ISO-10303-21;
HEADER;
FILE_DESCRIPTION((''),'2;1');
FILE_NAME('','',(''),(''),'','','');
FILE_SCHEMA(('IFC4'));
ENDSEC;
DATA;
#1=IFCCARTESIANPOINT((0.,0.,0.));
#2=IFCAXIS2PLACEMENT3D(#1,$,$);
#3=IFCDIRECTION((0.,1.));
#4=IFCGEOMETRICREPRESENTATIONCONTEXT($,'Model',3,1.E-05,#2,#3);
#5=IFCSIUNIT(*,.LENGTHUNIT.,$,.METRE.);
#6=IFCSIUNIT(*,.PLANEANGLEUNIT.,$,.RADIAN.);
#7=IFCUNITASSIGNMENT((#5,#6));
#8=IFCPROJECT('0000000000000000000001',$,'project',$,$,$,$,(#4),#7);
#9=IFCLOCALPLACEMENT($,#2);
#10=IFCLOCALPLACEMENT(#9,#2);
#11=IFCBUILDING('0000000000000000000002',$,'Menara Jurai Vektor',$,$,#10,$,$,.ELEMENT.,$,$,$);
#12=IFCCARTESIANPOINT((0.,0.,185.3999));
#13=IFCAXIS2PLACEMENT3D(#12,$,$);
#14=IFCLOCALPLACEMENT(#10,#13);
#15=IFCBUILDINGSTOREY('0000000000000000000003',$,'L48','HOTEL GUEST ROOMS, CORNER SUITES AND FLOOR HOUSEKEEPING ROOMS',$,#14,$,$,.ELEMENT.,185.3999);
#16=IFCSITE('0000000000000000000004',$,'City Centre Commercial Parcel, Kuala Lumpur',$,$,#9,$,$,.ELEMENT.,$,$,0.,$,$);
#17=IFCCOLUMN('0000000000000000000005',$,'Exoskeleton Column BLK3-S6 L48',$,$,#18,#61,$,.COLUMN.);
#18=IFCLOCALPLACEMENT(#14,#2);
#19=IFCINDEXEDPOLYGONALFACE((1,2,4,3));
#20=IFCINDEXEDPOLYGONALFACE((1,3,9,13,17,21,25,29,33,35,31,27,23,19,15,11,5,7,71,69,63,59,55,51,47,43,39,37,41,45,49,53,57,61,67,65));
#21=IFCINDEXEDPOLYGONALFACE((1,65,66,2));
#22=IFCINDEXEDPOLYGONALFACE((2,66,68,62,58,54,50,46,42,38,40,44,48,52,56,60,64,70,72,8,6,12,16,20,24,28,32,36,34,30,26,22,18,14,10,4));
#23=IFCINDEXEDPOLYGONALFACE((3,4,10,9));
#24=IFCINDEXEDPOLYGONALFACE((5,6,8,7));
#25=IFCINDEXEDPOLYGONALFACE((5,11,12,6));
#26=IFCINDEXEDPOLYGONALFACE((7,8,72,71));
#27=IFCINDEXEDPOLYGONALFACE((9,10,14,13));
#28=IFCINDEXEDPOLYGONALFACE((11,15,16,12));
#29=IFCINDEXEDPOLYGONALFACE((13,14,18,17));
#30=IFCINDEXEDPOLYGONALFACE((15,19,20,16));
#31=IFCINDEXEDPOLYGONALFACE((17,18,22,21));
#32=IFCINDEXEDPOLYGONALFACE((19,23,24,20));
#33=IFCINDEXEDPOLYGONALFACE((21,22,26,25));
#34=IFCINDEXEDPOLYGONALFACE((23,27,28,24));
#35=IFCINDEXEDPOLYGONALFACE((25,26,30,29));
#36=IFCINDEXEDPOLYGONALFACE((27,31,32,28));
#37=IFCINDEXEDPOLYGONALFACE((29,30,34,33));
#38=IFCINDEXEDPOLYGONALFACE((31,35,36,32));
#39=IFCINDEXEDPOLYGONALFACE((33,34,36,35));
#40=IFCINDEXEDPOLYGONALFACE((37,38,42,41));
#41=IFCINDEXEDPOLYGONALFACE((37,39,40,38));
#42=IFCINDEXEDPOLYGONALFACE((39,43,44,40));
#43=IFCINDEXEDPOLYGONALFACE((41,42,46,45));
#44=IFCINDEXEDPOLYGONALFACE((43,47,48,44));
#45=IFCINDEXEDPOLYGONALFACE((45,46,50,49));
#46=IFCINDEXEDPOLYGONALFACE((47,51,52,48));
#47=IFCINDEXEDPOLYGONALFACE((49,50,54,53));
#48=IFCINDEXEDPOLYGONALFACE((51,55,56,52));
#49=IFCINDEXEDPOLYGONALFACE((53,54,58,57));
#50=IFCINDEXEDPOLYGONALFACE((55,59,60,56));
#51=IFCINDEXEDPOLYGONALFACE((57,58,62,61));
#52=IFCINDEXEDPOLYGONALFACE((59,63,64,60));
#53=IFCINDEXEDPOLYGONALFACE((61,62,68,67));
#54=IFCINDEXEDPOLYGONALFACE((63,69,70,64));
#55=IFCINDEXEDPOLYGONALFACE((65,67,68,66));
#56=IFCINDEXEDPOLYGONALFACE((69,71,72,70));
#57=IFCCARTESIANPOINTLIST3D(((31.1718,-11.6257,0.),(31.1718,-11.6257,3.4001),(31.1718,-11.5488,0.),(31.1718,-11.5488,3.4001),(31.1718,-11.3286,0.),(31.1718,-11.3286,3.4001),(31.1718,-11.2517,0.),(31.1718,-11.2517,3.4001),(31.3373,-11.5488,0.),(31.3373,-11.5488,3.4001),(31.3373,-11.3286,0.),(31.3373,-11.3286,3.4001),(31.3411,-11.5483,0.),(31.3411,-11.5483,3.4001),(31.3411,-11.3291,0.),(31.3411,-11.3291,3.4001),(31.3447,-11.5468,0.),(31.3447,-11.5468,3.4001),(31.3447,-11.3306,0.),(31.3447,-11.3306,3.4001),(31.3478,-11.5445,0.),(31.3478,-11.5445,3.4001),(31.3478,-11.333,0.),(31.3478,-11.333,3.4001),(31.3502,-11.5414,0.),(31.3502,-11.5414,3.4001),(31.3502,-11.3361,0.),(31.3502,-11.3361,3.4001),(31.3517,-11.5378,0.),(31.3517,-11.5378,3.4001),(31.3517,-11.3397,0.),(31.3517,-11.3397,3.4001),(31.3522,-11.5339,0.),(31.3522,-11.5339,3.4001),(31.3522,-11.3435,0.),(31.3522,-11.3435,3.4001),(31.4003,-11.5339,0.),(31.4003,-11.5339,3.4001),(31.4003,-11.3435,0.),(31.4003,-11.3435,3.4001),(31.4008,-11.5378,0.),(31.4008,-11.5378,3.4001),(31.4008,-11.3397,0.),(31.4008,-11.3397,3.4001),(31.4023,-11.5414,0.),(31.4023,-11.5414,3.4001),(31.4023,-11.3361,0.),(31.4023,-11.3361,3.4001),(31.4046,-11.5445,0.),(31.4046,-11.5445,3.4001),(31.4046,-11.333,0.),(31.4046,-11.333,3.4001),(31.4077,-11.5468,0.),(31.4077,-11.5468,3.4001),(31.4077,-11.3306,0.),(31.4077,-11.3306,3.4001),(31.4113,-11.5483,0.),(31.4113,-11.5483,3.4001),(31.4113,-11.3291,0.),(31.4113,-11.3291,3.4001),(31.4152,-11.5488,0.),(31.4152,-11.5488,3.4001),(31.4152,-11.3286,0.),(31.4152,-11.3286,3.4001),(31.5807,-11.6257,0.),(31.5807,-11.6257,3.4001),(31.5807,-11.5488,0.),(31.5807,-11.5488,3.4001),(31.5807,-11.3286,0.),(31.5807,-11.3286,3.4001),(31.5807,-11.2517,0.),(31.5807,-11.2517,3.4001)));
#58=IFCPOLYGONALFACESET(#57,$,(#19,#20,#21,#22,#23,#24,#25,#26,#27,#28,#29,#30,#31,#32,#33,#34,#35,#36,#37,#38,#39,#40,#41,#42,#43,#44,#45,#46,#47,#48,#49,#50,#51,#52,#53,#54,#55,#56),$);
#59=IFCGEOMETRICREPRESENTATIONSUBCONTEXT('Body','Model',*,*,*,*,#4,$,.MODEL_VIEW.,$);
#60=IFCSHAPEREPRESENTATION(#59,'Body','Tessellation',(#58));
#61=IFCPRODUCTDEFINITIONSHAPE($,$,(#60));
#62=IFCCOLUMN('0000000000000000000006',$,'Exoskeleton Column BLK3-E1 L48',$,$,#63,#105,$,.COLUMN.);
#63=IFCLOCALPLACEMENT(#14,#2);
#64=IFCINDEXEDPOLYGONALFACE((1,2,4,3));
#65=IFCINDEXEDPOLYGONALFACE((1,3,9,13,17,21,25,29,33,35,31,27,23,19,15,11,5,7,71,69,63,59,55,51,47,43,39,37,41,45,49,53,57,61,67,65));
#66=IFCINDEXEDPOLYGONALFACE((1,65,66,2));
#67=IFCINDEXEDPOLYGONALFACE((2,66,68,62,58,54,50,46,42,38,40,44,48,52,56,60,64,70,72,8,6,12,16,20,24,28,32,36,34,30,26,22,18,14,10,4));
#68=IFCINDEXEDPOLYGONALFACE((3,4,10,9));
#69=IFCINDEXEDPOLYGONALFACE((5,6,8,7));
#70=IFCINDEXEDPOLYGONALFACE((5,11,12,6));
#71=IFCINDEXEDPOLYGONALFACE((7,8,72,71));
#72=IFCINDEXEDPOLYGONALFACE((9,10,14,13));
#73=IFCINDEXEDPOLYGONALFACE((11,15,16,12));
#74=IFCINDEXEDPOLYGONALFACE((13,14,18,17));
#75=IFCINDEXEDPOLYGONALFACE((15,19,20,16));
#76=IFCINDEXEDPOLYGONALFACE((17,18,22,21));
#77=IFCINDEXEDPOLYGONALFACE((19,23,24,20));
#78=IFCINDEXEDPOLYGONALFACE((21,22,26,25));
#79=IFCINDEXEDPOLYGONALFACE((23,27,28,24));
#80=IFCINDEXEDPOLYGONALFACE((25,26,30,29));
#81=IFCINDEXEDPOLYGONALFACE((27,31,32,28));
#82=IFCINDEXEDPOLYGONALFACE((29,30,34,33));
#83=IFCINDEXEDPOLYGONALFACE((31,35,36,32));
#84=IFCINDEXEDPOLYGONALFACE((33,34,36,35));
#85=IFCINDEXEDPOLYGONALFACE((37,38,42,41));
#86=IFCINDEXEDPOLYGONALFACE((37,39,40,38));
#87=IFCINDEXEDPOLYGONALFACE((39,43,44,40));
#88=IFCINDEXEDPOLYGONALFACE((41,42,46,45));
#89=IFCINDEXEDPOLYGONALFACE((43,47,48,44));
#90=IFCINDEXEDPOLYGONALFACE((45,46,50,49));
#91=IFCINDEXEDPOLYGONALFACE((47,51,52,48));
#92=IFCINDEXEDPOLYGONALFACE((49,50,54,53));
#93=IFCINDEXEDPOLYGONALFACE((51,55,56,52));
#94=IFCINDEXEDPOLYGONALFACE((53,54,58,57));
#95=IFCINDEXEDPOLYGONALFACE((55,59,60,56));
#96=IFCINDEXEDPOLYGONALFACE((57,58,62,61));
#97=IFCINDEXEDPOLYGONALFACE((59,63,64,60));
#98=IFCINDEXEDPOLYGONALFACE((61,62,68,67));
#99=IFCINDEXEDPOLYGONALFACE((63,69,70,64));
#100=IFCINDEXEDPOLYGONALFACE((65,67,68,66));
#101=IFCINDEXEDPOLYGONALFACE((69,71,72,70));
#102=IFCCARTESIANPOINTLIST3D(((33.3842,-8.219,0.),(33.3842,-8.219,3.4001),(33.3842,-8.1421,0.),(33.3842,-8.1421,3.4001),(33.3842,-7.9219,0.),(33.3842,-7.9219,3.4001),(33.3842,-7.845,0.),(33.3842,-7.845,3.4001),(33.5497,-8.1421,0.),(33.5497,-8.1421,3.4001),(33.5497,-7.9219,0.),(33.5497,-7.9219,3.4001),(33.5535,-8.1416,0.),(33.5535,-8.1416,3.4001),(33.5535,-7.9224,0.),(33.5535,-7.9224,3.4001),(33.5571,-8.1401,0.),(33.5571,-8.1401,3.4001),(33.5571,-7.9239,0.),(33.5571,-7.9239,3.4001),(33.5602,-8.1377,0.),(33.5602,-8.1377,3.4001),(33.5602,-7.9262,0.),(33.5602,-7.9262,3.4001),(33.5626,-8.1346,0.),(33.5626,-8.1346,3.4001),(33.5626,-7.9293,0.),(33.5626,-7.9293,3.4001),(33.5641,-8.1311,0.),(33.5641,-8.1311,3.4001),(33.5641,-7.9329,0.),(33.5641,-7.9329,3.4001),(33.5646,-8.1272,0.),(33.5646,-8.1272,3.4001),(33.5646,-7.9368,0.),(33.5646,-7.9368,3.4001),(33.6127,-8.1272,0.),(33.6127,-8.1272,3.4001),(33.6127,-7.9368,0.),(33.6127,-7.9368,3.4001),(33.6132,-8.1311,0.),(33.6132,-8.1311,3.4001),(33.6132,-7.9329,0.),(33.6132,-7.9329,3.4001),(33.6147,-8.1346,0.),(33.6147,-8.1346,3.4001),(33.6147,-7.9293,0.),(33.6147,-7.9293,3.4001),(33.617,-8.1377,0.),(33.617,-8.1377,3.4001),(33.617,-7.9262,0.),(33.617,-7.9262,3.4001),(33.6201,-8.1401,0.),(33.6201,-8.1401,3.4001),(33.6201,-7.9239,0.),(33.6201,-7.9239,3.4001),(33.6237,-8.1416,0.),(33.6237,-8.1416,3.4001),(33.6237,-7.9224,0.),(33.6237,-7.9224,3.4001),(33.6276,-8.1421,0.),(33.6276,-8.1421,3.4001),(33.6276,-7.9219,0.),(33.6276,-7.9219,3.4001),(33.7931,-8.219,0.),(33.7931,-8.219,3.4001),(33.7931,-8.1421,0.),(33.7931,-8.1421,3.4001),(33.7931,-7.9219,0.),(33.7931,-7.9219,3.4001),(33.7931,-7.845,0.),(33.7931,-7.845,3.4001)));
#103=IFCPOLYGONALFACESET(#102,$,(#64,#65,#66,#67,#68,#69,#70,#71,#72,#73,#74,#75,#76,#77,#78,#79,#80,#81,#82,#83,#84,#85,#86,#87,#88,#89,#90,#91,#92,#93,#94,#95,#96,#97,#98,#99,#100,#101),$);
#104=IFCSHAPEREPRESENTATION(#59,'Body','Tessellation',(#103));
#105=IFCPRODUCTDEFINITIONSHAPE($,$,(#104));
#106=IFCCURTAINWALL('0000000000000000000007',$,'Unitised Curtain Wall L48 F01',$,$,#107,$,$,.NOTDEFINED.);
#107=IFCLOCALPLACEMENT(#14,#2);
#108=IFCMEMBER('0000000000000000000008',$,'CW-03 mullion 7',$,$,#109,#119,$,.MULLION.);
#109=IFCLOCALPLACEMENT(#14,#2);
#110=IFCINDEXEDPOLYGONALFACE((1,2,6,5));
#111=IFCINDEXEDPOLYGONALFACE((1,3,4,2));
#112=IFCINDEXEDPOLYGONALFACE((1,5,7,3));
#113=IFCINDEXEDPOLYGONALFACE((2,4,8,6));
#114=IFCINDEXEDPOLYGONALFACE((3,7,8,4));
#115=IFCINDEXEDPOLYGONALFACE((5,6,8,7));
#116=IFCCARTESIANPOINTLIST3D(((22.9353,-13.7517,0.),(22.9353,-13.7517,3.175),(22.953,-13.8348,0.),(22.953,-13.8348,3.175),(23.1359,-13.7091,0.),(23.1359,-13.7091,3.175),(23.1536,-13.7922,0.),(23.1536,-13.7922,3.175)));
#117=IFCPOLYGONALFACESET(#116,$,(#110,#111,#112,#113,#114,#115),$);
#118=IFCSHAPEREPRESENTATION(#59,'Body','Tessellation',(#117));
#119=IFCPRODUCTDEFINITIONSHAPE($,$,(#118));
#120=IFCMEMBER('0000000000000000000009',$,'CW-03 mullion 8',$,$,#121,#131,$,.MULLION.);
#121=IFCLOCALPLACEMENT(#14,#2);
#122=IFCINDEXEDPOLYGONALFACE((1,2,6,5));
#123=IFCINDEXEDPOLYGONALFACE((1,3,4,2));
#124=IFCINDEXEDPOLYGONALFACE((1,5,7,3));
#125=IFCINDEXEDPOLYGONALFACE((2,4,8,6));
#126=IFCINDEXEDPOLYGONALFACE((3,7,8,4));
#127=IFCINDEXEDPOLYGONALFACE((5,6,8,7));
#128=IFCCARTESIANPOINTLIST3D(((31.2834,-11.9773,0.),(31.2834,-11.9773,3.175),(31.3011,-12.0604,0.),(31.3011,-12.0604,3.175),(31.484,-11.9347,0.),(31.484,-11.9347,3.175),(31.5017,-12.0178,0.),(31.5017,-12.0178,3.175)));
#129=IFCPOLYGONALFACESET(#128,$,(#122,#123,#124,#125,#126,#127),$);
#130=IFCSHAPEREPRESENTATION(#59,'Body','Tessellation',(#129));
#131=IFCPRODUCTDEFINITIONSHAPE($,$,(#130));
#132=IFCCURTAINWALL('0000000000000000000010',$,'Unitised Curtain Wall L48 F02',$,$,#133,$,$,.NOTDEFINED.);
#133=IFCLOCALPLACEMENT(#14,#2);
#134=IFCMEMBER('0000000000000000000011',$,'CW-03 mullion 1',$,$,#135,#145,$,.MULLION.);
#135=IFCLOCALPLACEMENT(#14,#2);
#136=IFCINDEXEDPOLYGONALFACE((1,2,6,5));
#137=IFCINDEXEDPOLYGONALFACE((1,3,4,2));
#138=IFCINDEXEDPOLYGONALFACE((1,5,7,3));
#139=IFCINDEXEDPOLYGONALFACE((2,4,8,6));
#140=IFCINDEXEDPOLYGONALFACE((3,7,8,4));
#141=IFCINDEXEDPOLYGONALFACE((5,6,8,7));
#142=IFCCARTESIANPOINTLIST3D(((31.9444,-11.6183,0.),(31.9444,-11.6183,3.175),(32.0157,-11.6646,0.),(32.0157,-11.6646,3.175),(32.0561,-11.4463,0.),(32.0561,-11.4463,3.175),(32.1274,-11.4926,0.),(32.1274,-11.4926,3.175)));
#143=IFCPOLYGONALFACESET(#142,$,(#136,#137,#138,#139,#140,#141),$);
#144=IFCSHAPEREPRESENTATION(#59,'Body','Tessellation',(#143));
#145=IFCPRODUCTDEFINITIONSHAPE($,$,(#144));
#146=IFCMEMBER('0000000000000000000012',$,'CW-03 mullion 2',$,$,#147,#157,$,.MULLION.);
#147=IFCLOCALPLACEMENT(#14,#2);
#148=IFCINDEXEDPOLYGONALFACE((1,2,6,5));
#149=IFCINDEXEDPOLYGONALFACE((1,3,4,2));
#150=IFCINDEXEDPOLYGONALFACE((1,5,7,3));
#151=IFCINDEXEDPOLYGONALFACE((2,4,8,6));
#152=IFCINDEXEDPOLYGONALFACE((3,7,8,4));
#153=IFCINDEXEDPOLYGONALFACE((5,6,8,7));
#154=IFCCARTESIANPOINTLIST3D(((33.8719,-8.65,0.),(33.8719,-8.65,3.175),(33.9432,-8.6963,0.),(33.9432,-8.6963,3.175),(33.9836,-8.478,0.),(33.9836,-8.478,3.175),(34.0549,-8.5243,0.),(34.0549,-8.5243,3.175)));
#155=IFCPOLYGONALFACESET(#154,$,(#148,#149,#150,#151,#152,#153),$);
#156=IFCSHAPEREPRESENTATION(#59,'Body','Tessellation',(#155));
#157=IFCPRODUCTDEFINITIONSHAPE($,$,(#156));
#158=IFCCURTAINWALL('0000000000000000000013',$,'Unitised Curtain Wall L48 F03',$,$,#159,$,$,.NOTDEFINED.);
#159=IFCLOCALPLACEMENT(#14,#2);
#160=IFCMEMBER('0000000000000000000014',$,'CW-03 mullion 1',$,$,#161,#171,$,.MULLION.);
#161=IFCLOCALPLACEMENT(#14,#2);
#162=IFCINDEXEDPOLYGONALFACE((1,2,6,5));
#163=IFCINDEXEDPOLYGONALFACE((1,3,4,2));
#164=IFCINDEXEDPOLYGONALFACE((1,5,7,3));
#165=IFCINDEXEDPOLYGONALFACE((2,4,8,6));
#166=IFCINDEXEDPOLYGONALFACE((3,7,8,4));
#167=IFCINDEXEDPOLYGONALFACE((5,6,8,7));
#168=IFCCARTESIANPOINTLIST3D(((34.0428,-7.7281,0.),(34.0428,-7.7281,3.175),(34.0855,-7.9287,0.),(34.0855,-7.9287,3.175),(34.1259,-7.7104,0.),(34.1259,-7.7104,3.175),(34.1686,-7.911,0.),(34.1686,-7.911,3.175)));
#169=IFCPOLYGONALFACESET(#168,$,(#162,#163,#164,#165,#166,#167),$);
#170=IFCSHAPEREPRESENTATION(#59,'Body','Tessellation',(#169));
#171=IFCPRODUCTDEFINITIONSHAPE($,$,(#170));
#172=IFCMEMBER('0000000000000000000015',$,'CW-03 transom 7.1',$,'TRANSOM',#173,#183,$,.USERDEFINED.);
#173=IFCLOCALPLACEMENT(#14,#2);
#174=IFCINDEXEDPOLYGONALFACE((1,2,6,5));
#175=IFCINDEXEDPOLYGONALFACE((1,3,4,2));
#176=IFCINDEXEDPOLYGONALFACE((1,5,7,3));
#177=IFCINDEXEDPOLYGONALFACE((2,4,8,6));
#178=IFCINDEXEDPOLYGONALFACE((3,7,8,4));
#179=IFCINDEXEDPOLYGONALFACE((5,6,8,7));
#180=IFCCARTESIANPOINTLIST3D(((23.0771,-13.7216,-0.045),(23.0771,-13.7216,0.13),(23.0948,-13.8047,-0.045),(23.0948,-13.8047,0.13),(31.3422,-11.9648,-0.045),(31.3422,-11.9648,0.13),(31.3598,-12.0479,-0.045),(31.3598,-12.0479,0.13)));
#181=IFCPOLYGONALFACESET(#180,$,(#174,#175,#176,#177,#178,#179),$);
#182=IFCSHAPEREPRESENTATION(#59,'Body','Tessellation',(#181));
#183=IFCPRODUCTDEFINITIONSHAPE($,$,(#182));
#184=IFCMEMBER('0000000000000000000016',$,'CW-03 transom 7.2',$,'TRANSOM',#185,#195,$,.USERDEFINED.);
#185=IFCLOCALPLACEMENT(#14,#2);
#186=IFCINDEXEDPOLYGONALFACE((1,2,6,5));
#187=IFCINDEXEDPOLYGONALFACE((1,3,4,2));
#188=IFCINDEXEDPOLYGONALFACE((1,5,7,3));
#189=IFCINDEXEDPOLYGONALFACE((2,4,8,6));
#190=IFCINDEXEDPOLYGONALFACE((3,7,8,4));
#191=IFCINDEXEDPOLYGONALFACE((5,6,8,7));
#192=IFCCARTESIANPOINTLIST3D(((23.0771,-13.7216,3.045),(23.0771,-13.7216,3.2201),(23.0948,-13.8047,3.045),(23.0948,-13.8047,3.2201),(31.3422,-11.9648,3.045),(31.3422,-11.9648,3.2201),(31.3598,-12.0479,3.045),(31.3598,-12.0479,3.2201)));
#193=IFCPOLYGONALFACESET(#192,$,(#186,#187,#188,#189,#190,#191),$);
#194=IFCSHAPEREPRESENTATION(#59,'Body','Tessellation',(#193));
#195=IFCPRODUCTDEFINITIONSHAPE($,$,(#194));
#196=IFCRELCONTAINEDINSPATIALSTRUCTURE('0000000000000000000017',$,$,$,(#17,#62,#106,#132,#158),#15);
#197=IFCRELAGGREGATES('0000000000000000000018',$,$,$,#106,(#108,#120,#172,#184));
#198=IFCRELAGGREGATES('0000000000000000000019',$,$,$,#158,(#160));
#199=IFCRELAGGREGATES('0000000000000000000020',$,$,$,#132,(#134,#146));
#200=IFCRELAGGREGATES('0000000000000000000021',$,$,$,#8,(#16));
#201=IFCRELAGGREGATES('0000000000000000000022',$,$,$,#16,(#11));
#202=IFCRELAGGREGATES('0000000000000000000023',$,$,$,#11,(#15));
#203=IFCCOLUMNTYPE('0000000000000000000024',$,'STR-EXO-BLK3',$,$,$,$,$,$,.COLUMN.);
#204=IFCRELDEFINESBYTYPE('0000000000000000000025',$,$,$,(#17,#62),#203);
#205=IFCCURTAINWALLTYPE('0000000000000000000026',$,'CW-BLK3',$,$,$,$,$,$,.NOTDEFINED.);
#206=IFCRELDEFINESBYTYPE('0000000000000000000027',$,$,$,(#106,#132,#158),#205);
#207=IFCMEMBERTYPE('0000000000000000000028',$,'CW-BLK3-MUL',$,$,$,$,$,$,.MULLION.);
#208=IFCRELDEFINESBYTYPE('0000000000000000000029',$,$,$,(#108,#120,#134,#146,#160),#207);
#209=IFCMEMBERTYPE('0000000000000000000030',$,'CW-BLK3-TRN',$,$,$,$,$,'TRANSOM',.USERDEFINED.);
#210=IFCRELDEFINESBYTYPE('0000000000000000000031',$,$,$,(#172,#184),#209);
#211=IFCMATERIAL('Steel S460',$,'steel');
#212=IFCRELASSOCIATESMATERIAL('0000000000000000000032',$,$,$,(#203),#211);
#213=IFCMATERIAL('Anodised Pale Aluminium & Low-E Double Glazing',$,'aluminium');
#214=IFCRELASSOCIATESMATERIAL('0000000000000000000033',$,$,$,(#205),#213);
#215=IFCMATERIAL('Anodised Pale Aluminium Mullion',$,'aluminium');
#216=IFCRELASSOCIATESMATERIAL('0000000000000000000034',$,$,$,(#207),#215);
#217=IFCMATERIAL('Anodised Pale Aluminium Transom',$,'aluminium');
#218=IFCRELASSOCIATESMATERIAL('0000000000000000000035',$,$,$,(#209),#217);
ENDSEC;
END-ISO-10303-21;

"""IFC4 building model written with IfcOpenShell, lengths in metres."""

from ifc_helpers import new_model, si_unit, direction, frame, origin, origin_2d, place, context, subcontext, project, spatial, rectangle, i_section, extrude, material, material_profile, profile_set, type_object, element, aggregate, save


model = new_model("IFC4")

# Units and contexts
model_context = context("Model", 3, precision=1e-05, world=origin(), true_north=direction((0.0, 1.0)))
body_context = subcontext(model_context, "Body", "Model", "MODEL_VIEW")
ifc_project = project(units=[si_unit("LENGTHUNIT", "METRE"), si_unit("PLANEANGLEUNIT", "RADIAN")], contexts=[model_context])

# Site, building, storey
site_placement = place(None, origin())
site = spatial("IfcSite", under=ifc_project, at=site_placement, Name="City Centre Commercial Parcel, Kuala Lumpur", CompositionType="ELEMENT", RefElevation=0.0)
building_placement = place(site_placement, origin())
building = spatial("IfcBuilding", under=site, at=building_placement, Name="Menara Jurai Vektor", CompositionType="ELEMENT")
storey_placement = place(building_placement, frame((0.0, 0.0, 185.3999)))
storey = spatial("IfcBuildingStorey", under=building, at=storey_placement, Name="L48", Description="HOTEL GUEST ROOMS, CORNER SUITES AND FLOOR HOUSEKEEPING ROOMS", CompositionType="ELEMENT", Elevation=185.3999)

# Columns
ifc_material_1 = material(Name="Steel S460", Category="steel")
ifc_material_profile_1 = material_profile(ifc_material_1, i_section(OverallWidth=0.4089, OverallDepth=0.374, WebThickness=0.0481, FlangeThickness=0.0769, FilletRadius=0.0149, at=origin_2d()), Name="HD 400x634")
ifc_profile_set_1 = profile_set([ifc_material_profile_1], Name="Steel S460")
column_type = type_object("IfcColumnType", Name="STR-EXO-BLK3", PredefinedType="COLUMN", material=ifc_profile_set_1)
for number, where, z_axis, x_axis, name in (
    (1, (31.3762, -11.4387, 0.0), (0.0, 0.0, 1.0), (1.0, 0.0, 0.0), "Exoskeleton Column BLK3-S6 L48"),
    (2, (33.5886, -8.032, 0.0), (0.0, 0.0, 1.0), (1.0, 0.0, 0.0), "Exoskeleton Column BLK3-E1 L48"),
):
    element("IfcColumn", number, at=place(storey_placement, frame(where, z_axis=z_axis, x_axis=x_axis)), inside=storey, type_object=column_type, Name=name, PredefinedType="COLUMN", context=body_context, shape_type="SweptSolid", body=[
        extrude(i_section(OverallWidth=0.4089, OverallDepth=0.374, WebThickness=0.0481, FlangeThickness=0.0769, FilletRadius=0.0149, at=origin_2d()), origin(), (0.0, 0.0, 1.0), 3.4001),
    ])

# Curtain walls, members
ifc_material_2 = material(Name="Anodised Pale Aluminium & Low-E Double Glazing", Category="aluminium")
curtain_wall_type = type_object("IfcCurtainWallType", Name="CW-BLK3", PredefinedType="NOTDEFINED", material=ifc_material_2)
curtain_wall_1_placement = place(storey_placement, origin())
curtain_wall_1 = element("IfcCurtainWall", 3, at=curtain_wall_1_placement, inside=storey, type_object=curtain_wall_type, Name="Unitised Curtain Wall L48 F01", PredefinedType="NOTDEFINED")
ifc_material_3 = material(Name="Anodised Pale Aluminium Mullion", Category="aluminium")
ifc_material_profile_2 = material_profile(ifc_material_3, rectangle(XDim=0.085, YDim=0.2051, at=origin_2d()), Name="ALU MUL 85x205")
ifc_profile_set_2 = profile_set([ifc_material_profile_2], Name="Anodised Pale Aluminium Mullion")
member_type_1 = type_object("IfcMemberType", Name="CW-BLK3-MUL", PredefinedType="MULLION", material=ifc_profile_set_2)
member_1_placement = place(storey_placement, frame((23.0444, -13.772, 0.0), z_axis=(0.0, 0.0, 1.0), x_axis=(-0.207911, 0.978148, 0.0)))
member_1 = element("IfcMember", 4, at=member_1_placement, type_object=member_type_1, Name="CW-03 mullion 7", PredefinedType="MULLION", context=body_context, shape_type="SweptSolid", body=[
    extrude(rectangle(XDim=0.085, YDim=0.2051, at=origin_2d()), origin(), (0.0, 0.0, 1.0), 3.175),
])
member_2_placement = place(storey_placement, frame((31.3926, -11.9976, 0.0), z_axis=(0.0, 0.0, 1.0), x_axis=(-0.207911, 0.978148, 0.0)))
member_2 = element("IfcMember", 5, at=member_2_placement, type_object=member_type_1, Name="CW-03 mullion 8", PredefinedType="MULLION", context=body_context, shape_type="SweptSolid", body=[
    extrude(rectangle(XDim=0.085, YDim=0.2051, at=origin_2d()), origin(), (0.0, 0.0, 1.0), 3.175),
])
curtain_wall_2_placement = place(storey_placement, origin())
curtain_wall_2 = element("IfcCurtainWall", 6, at=curtain_wall_2_placement, inside=storey, type_object=curtain_wall_type, Name="Unitised Curtain Wall L48 F02", PredefinedType="NOTDEFINED")
member_3_placement = place(storey_placement, frame((32.0359, -11.5554, 0.0), z_axis=(0.0, 0.0, 1.0), x_axis=(-0.838684, 0.544618, 0.0)))
member_3 = element("IfcMember", 7, at=member_3_placement, type_object=member_type_1, Name="CW-03 mullion 1", PredefinedType="MULLION", context=body_context, shape_type="SweptSolid", body=[
    extrude(rectangle(XDim=0.085, YDim=0.2051, at=origin_2d()), origin(), (0.0, 0.0, 1.0), 3.175),
])
member_4_placement = place(storey_placement, frame((33.9634, -8.5872, 0.0), z_axis=(0.0, 0.0, 1.0), x_axis=(-0.838684, 0.544618, 0.0)))
member_4 = element("IfcMember", 8, at=member_4_placement, type_object=member_type_1, Name="CW-03 mullion 2", PredefinedType="MULLION", context=body_context, shape_type="SweptSolid", body=[
    extrude(rectangle(XDim=0.085, YDim=0.2051, at=origin_2d()), origin(), (0.0, 0.0, 1.0), 3.175),
])

# Curtain wall, member
curtain_wall_3_placement = place(storey_placement, origin())
curtain_wall_3 = element("IfcCurtainWall", 9, at=curtain_wall_3_placement, inside=storey, type_object=curtain_wall_type, Name="Unitised Curtain Wall L48 F03", PredefinedType="NOTDEFINED")
member_5_placement = place(storey_placement, frame((34.1057, -7.8196, 0.0), z_axis=(0.0, 0.0, 1.0), x_axis=(-0.978148, -0.20791, 0.0)))
member_5 = element("IfcMember", 10, at=member_5_placement, type_object=member_type_1, Name="CW-03 mullion 1", PredefinedType="MULLION", context=body_context, shape_type="SweptSolid", body=[
    extrude(rectangle(XDim=0.085, YDim=0.2051, at=origin_2d()), origin(), (0.0, 0.0, 1.0), 3.175),
])

# Members
ifc_material_4 = material(Name="Anodised Pale Aluminium Transom", Category="aluminium")
ifc_material_profile_3 = material_profile(ifc_material_4, rectangle(XDim=0.085, YDim=0.175, at=origin_2d()), Name="ALU TRN 85x175")
ifc_profile_set_3 = profile_set([ifc_material_profile_3], Name="Anodised Pale Aluminium Transom")
member_type_2 = type_object("IfcMemberType", Name="CW-BLK3-TRN", ElementType="TRANSOM", PredefinedType="USERDEFINED", material=ifc_profile_set_3)
member_6_placement = place(storey_placement, frame((23.0859, -13.7632, 0.0425), z_axis=(0.978147, 0.207915, 0.0), x_axis=(-0.207915, 0.978147, 0.0)))
member_6 = element("IfcMember", 11, at=member_6_placement, type_object=member_type_2, Name="CW-03 transom 7.1", ObjectType="TRANSOM", PredefinedType="USERDEFINED", context=body_context, shape_type="SweptSolid", body=[
    extrude(rectangle(XDim=0.085, YDim=0.175, at=origin_2d()), origin(), (0.0, 0.0, 1.0), 8.4497),
])
member_7_placement = place(storey_placement, frame((23.0859, -13.7632, 3.1326), z_axis=(0.978147, 0.207915, 0.0), x_axis=(-0.207915, 0.978147, 0.0)))
member_7 = element("IfcMember", 12, at=member_7_placement, type_object=member_type_2, Name="CW-03 transom 7.2", ObjectType="TRANSOM", PredefinedType="USERDEFINED", context=body_context, shape_type="SweptSolid", body=[
    extrude(rectangle(XDim=0.085, YDim=0.175, at=origin_2d()), origin(), (0.0, 0.0, 1.0), 8.4497),
])

aggregate(curtain_wall_1, [member_1, member_2, member_6, member_7])
aggregate(curtain_wall_3, [member_5])
aggregate(curtain_wall_2, [member_3, member_4])

save(model, "model.ifc")
